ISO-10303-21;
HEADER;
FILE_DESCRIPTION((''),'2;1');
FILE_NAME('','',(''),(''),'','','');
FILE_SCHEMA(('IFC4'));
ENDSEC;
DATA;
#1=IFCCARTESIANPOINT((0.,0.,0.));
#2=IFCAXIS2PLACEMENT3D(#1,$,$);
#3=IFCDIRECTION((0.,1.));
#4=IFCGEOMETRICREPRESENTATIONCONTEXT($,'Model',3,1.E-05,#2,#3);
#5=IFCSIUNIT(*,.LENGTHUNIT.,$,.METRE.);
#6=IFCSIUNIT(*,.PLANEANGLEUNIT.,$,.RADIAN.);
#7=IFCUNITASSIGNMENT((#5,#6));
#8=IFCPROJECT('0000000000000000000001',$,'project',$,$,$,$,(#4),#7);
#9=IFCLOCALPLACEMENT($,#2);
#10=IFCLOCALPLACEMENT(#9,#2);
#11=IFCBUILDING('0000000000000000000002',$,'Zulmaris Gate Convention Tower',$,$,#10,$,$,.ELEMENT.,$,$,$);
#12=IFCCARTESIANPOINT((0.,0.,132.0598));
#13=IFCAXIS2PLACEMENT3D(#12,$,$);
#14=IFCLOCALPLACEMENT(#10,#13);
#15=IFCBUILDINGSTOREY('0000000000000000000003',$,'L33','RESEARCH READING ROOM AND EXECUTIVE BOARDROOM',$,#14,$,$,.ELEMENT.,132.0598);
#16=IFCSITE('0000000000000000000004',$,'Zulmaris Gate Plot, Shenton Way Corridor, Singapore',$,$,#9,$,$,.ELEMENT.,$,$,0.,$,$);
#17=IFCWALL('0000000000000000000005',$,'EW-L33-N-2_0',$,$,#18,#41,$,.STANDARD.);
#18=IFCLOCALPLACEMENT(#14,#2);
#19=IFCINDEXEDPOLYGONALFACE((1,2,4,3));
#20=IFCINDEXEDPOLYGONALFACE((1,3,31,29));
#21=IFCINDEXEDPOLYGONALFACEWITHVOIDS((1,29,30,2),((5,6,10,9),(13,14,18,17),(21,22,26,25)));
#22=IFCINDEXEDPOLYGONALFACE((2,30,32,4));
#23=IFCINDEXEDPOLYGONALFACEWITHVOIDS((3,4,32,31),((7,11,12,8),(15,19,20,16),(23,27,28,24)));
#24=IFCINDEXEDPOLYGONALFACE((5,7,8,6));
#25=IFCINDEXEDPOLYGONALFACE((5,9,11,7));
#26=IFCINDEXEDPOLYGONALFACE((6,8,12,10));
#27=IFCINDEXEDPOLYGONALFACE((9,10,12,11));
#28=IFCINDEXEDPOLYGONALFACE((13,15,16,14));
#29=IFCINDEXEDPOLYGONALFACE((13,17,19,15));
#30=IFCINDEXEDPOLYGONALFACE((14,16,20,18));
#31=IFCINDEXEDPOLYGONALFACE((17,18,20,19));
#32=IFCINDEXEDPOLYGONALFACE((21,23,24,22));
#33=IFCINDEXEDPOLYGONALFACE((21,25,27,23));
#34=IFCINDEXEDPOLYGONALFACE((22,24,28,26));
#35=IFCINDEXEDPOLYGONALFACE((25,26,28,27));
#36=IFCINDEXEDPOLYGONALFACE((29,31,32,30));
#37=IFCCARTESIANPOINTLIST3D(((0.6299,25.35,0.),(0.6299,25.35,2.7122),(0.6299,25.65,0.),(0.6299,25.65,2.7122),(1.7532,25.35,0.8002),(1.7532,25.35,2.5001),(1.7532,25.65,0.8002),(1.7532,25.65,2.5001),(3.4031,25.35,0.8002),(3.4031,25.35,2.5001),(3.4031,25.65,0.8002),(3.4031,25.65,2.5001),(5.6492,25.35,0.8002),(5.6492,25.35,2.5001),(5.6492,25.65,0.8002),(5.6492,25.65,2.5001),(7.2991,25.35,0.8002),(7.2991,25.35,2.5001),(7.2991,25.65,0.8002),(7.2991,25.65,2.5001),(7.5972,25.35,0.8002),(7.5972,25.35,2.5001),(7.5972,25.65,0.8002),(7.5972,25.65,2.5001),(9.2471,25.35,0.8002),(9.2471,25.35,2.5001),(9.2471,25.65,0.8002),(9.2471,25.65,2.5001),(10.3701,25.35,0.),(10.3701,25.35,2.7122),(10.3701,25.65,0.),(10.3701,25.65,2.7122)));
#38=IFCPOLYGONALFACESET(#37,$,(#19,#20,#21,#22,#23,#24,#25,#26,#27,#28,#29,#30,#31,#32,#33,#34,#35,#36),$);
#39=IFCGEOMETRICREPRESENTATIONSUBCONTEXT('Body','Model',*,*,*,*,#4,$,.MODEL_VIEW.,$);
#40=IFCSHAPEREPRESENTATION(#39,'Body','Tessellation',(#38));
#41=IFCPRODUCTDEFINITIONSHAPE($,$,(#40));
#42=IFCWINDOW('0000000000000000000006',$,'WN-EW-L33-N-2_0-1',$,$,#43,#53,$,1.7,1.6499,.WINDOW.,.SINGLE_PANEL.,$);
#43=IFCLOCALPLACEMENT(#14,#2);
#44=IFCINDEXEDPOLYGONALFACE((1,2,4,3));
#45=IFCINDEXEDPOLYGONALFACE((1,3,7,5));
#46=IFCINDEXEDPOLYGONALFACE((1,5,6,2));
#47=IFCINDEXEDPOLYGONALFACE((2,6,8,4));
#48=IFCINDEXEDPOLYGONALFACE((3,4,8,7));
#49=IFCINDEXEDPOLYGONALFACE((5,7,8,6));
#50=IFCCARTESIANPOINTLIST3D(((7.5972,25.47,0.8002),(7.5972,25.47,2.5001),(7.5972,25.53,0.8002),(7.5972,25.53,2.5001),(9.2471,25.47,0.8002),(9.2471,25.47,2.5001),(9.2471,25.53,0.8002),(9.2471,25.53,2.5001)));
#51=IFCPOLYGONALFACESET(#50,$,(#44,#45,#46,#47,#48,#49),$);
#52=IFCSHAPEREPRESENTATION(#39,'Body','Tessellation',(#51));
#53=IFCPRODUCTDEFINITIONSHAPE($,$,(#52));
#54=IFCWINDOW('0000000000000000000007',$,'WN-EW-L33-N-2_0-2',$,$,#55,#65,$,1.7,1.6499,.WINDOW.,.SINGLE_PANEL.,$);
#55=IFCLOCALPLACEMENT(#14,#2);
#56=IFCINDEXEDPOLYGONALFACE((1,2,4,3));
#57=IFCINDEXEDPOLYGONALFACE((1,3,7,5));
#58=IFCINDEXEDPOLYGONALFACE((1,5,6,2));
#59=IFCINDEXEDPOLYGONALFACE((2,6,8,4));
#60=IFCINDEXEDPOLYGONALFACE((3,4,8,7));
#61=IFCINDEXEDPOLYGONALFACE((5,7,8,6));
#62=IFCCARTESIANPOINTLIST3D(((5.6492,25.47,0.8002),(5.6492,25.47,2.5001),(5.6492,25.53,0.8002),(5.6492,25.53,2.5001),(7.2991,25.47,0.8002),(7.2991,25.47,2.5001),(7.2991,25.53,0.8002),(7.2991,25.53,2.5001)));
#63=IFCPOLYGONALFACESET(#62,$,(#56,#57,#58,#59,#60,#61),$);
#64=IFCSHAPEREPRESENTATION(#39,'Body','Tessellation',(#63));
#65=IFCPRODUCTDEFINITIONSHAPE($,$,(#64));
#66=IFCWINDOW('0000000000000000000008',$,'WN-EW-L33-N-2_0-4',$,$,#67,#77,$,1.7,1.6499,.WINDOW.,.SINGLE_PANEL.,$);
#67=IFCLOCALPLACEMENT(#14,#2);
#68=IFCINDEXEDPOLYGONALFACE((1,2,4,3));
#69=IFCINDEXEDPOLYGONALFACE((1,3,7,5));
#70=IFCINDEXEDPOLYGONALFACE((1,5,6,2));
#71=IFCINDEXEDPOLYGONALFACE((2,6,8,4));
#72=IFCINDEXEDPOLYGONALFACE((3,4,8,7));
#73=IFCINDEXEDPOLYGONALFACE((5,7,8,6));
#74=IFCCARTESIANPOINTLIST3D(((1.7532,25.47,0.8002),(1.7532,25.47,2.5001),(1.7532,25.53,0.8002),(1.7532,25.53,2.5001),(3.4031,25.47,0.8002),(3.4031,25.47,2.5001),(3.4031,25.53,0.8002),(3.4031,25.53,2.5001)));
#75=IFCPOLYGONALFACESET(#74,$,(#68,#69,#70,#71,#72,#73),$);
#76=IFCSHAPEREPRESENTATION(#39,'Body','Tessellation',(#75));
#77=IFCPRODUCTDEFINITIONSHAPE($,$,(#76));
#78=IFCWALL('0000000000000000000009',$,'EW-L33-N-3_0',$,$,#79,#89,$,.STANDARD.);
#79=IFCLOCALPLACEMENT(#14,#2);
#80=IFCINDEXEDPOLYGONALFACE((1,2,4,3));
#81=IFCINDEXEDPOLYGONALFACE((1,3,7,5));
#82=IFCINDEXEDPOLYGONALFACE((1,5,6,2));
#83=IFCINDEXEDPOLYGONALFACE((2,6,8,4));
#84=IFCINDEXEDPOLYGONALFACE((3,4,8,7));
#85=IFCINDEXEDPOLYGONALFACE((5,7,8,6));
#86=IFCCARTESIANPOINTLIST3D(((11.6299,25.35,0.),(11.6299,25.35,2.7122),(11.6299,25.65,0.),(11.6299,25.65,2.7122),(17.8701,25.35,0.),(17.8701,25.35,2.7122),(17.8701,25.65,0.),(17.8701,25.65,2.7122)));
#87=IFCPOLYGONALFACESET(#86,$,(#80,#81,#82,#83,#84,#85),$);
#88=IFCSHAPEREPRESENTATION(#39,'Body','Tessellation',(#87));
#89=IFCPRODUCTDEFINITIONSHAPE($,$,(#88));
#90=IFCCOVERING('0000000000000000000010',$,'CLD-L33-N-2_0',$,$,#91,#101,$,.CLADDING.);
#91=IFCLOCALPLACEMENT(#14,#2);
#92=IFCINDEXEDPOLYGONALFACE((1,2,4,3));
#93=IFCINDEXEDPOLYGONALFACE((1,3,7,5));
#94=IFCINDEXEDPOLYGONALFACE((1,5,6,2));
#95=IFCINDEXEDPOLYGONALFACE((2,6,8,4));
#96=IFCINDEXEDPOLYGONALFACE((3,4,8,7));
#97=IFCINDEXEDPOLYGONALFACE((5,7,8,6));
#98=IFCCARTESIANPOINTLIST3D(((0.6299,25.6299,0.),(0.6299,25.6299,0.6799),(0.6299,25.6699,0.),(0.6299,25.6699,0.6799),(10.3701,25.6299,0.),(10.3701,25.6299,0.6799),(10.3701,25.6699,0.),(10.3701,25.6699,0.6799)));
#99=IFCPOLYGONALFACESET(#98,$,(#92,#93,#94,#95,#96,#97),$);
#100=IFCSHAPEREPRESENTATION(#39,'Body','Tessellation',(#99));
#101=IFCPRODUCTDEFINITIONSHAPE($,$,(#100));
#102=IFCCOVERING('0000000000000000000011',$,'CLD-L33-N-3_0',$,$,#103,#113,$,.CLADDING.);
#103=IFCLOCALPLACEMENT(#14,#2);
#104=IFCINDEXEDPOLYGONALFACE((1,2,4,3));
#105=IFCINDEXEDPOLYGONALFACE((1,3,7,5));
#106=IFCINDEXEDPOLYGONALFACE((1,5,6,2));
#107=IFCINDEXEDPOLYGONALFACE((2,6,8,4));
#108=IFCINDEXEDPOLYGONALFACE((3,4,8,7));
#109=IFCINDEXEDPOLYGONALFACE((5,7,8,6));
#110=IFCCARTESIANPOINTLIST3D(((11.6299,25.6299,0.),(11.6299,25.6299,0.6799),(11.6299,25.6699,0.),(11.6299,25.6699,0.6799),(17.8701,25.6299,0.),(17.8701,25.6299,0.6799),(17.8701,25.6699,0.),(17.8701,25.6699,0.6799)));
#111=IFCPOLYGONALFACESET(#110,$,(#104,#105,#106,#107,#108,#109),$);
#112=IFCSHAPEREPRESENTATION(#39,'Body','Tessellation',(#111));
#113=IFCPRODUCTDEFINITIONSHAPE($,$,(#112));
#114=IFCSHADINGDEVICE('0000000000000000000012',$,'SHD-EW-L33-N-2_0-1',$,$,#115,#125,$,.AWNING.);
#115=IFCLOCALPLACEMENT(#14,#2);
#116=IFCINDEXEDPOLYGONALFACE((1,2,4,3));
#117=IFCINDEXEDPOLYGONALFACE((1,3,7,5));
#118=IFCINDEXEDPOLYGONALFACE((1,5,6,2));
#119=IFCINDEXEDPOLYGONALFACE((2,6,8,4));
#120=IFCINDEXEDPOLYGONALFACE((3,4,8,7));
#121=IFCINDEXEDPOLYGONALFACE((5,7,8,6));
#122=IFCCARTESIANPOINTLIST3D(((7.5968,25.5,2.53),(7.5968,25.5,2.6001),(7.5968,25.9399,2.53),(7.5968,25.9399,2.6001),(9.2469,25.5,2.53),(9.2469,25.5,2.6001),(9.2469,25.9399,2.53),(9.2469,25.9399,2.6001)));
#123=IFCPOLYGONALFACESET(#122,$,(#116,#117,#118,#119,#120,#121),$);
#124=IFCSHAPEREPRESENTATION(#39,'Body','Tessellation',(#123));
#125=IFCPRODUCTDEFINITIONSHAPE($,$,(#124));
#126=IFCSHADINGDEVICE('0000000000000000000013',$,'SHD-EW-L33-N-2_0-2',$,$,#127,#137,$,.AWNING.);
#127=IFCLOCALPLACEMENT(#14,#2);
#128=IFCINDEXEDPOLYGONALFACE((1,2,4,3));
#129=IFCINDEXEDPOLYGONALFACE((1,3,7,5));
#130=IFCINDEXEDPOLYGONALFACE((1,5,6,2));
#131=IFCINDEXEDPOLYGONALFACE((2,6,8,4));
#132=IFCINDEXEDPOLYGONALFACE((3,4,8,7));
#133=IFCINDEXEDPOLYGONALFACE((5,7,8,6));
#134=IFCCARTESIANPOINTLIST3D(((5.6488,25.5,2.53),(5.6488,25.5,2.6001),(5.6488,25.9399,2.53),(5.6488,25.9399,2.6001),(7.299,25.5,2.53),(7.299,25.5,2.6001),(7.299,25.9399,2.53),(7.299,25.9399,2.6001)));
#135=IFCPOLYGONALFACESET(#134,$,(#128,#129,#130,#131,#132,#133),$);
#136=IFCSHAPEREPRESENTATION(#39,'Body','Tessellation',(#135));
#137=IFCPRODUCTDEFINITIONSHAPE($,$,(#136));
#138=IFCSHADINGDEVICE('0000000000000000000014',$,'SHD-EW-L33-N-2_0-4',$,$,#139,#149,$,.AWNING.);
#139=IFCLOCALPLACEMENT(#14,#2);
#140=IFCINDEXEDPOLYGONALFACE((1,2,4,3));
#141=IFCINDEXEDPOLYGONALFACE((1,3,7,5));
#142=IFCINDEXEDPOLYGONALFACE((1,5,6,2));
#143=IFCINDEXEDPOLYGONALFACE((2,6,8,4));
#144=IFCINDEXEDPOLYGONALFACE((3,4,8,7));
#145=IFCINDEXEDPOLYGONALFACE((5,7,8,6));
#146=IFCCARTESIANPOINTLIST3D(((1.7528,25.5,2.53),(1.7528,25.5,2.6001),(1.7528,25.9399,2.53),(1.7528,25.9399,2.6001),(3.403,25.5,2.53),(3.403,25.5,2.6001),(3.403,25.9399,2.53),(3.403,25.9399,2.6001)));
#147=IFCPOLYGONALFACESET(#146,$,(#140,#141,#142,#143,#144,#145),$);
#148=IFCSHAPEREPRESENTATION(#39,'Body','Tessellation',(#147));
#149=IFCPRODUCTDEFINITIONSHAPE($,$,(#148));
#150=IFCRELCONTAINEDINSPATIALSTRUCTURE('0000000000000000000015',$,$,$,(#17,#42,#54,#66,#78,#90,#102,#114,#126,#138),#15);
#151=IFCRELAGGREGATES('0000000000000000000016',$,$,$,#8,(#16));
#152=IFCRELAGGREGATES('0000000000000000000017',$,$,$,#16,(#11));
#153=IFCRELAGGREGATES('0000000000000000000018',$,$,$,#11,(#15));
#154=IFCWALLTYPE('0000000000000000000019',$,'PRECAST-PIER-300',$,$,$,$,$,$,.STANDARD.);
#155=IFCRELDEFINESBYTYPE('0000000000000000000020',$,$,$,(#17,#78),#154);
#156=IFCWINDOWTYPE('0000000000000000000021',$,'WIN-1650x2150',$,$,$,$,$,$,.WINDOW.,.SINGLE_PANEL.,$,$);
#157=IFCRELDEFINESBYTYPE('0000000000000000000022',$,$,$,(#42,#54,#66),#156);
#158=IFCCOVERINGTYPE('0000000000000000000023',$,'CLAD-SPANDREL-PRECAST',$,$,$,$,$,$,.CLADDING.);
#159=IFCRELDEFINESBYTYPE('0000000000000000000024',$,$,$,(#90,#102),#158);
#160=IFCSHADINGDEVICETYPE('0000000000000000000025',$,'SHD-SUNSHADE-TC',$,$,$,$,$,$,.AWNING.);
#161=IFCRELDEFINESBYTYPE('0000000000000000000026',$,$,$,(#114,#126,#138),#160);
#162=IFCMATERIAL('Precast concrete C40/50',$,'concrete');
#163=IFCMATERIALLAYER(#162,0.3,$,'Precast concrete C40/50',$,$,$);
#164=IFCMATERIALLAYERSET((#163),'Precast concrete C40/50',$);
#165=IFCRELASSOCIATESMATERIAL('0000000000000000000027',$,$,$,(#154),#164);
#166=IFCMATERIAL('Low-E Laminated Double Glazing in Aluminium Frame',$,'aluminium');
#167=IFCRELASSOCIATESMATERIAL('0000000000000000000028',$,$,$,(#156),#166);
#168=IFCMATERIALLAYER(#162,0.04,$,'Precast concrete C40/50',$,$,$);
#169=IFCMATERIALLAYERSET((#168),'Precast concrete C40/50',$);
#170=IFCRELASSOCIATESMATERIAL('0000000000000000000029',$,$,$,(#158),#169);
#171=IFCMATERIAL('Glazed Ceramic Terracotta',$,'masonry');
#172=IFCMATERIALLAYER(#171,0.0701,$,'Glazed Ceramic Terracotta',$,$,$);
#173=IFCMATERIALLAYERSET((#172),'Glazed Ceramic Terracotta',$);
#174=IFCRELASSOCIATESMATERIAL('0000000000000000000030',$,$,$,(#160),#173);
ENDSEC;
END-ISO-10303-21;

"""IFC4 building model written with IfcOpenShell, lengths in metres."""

from ifc_helpers import new_model, si_unit, direction, frame, frame_2d, origin, place, context, subcontext, project, spatial, rectangle, extrude, material, layer, layer_set, type_object, element, fill, save


model = new_model("IFC4")

# Units and contexts
model_context = context("Model", 3, precision=1e-05, world=origin(), true_north=direction((0.0, 1.0)))
body_context = subcontext(model_context, "Body", "Model", "MODEL_VIEW")
ifc_project = project(units=[si_unit("LENGTHUNIT", "METRE"), si_unit("PLANEANGLEUNIT", "RADIAN")], contexts=[model_context])

# Site, building, storey
site_placement = place(None, origin())
site = spatial("IfcSite", under=ifc_project, at=site_placement, Name="Zulmaris Gate Plot, Shenton Way Corridor, Singapore", CompositionType="ELEMENT", RefElevation=0.0)
building_placement = place(site_placement, origin())
building = spatial("IfcBuilding", under=site, at=building_placement, Name="Zulmaris Gate Convention Tower", CompositionType="ELEMENT")
storey_placement = place(building_placement, frame((0.0, 0.0, 132.0598)))
storey = spatial("IfcBuildingStorey", under=building, at=storey_placement, Name="L33", Description="RESEARCH READING ROOM AND EXECUTIVE BOARDROOM", CompositionType="ELEMENT", Elevation=132.0598)

# Wall, openings, windows
ifc_material_1 = material(Name="Precast concrete C40/50", Category="concrete")
ifc_layer_1 = layer(ifc_material_1, 0.3, Name="Precast concrete C40/50")
ifc_layer_set_1 = layer_set([ifc_layer_1], Name="Precast concrete C40/50")
wall_type_1 = type_object("IfcWallType", Name="PRECAST-PIER-300", PredefinedType="STANDARD", material=ifc_layer_set_1)
wall_1_placement = place(storey_placement, frame((10.3701, 25.5, 0.0), z_axis=(0.0, 0.0, 1.0), x_axis=(-1.0, 0.0, 0.0)))
wall_1 = element("IfcWall", 1, at=wall_1_placement, inside=storey, type_object=wall_type_1, Name="EW-L33-N-2_0", PredefinedType="STANDARD", context=body_context, shape_type="SweptSolid", body=[
    extrude(rectangle(XDim=9.7402, YDim=0.3, at=frame_2d((4.8701, 0.0))), origin(), (0.0, 0.0, 1.0), 2.7122),
])
opening_1_placement = place(wall_1_placement, frame((1.123, 0.0, 0.8)))
opening_1 = element("IfcOpeningElement", 2, at=opening_1_placement, cuts=wall_1, PredefinedType="OPENING", context=body_context, shape_type="SweptSolid", body=[
    extrude(rectangle(XDim=1.6499, YDim=1.7, at=frame_2d((0.825, 0.8501))), frame((0.0, 0.1602, 0.0), z_axis=(0.0, -1.0, 0.0), x_axis=(1.0, 0.0, 0.0)), (0.0, 0.0, 1.0), 0.3201),
])
opening_2_placement = place(wall_1_placement, frame((3.071, 0.0, 0.8)))
opening_2 = element("IfcOpeningElement", 3, at=opening_2_placement, cuts=wall_1, PredefinedType="OPENING", context=body_context, shape_type="SweptSolid", body=[
    extrude(rectangle(XDim=1.6499, YDim=1.7, at=frame_2d((0.825, 0.8501))), frame((0.0, 0.1602, 0.0), z_axis=(0.0, -1.0, 0.0), x_axis=(1.0, 0.0, 0.0)), (0.0, 0.0, 1.0), 0.3201),
])
opening_3_placement = place(wall_1_placement, frame((6.967, 0.0, 0.8)))
opening_3 = element("IfcOpeningElement", 4, at=opening_3_placement, cuts=wall_1, PredefinedType="OPENING", context=body_context, shape_type="SweptSolid", body=[
    extrude(rectangle(XDim=1.6499, YDim=1.7, at=frame_2d((0.825, 0.8501))), frame((0.0, 0.1602, 0.0), z_axis=(0.0, -1.0, 0.0), x_axis=(1.0, 0.0, 0.0)), (0.0, 0.0, 1.0), 0.3201),
])
ifc_material_2 = material(Name="Low-E Laminated Double Glazing in Aluminium Frame", Category="aluminium")
window_type = type_object("IfcWindowType", Name="WIN-1650x2150", PartitioningType="SINGLE_PANEL", PredefinedType="WINDOW", material=ifc_material_2)
window_1_placement = place(opening_1_placement, origin())
window_1 = element("IfcWindow", 5, at=window_1_placement, inside=storey, type_object=window_type, Name="WN-EW-L33-N-2_0-1", OverallHeight=1.7, OverallWidth=1.6499, PartitioningType="SINGLE_PANEL", PredefinedType="WINDOW", context=body_context, shape_type="SweptSolid", body=[
    extrude(rectangle(XDim=1.6499, YDim=1.7, at=frame_2d((0.825, 0.8501))), frame((0.0, 0.03, 0.0), z_axis=(0.0, -1.0, 0.0), x_axis=(1.0, 0.0, 0.0)), (0.0, 0.0, 1.0), 0.0601),
])
fill(opening_1, window_1)
window_2_placement = place(opening_2_placement, origin())
window_2 = element("IfcWindow", 6, at=window_2_placement, inside=storey, type_object=window_type, Name="WN-EW-L33-N-2_0-2", OverallHeight=1.7, OverallWidth=1.6499, PartitioningType="SINGLE_PANEL", PredefinedType="WINDOW", context=body_context, shape_type="SweptSolid", body=[
    extrude(rectangle(XDim=1.6499, YDim=1.7, at=frame_2d((0.825, 0.8501))), frame((0.0, 0.03, 0.0), z_axis=(0.0, -1.0, 0.0), x_axis=(1.0, 0.0, 0.0)), (0.0, 0.0, 1.0), 0.0601),
])
fill(opening_2, window_2)
window_3_placement = place(opening_3_placement, origin())
window_3 = element("IfcWindow", 7, at=window_3_placement, inside=storey, type_object=window_type, Name="WN-EW-L33-N-2_0-4", OverallHeight=1.7, OverallWidth=1.6499, PartitioningType="SINGLE_PANEL", PredefinedType="WINDOW", context=body_context, shape_type="SweptSolid", body=[
    extrude(rectangle(XDim=1.6499, YDim=1.7, at=frame_2d((0.825, 0.8501))), frame((0.0, 0.03, 0.0), z_axis=(0.0, -1.0, 0.0), x_axis=(1.0, 0.0, 0.0)), (0.0, 0.0, 1.0), 0.0601),
])
fill(opening_3, window_3)

# Wall
wall_2_placement = place(storey_placement, frame((17.8701, 25.5, 0.0), z_axis=(0.0, 0.0, 1.0), x_axis=(-1.0, 0.0, 0.0)))
element("IfcWall", 8, at=wall_2_placement, inside=storey, type_object=wall_type_1, Name="EW-L33-N-3_0", PredefinedType="STANDARD", context=body_context, shape_type="SweptSolid", body=[
    extrude(rectangle(XDim=6.2402, YDim=0.3, at=frame_2d((3.1201, 0.0))), origin(), (0.0, 0.0, 1.0), 2.7122),
])

# Coverings
ifc_layer_2 = layer(ifc_material_1, 0.04, Name="Precast concrete C40/50")
ifc_layer_set_2 = layer_set([ifc_layer_2], Name="Precast concrete C40/50")
covering_type = type_object("IfcCoveringType", Name="CLAD-SPANDREL-PRECAST", PredefinedType="CLADDING", material=ifc_layer_set_2)
covering_1_placement = place(storey_placement, frame((10.3701, 25.6499, 0.0), z_axis=(0.0, 0.0, 1.0), x_axis=(-1.0, 0.0, 0.0)))
element("IfcCovering", 9, at=covering_1_placement, inside=storey, type_object=covering_type, Name="CLD-L33-N-2_0", PredefinedType="CLADDING", context=body_context, shape_type="SweptSolid", body=[
    extrude(rectangle(XDim=9.7402, YDim=0.04, at=frame_2d((4.8701, 0.0))), origin(), (0.0, 0.0, 1.0), 0.6799),
])
covering_2_placement = place(storey_placement, frame((17.8701, 25.6499, 0.0), z_axis=(0.0, 0.0, 1.0), x_axis=(-1.0, 0.0, 0.0)))
element("IfcCovering", 10, at=covering_2_placement, inside=storey, type_object=covering_type, Name="CLD-L33-N-3_0", PredefinedType="CLADDING", context=body_context, shape_type="SweptSolid", body=[
    extrude(rectangle(XDim=6.2402, YDim=0.04, at=frame_2d((3.1201, 0.0))), origin(), (0.0, 0.0, 1.0), 0.6799),
])

# Shading devices
ifc_material_3 = material(Name="Glazed Ceramic Terracotta", Category="masonry")
ifc_layer_3 = layer(ifc_material_3, 0.0701, Name="Glazed Ceramic Terracotta")
ifc_layer_set_3 = layer_set([ifc_layer_3], Name="Glazed Ceramic Terracotta")
shading_device_type = type_object("IfcShadingDeviceType", Name="SHD-SUNSHADE-TC", PredefinedType="AWNING", material=ifc_layer_set_3)
for number, where, z_axis, x_axis, name in (
    (11, (9.2471, 25.72, 2.53), (0.0, 0.0, 1.0), (-1.0, 0.0, 0.0), "SHD-EW-L33-N-2_0-1"),
    (12, (7.2991, 25.72, 2.53), (0.0, 0.0, 1.0), (-1.0, 0.0, 0.0), "SHD-EW-L33-N-2_0-2"),
    (13, (3.4031, 25.72, 2.53), (0.0, 0.0, 1.0), (-1.0, 0.0, 0.0), "SHD-EW-L33-N-2_0-4"),
):
    element("IfcShadingDevice", number, at=place(storey_placement, frame(where, z_axis=z_axis, x_axis=x_axis)), inside=storey, type_object=shading_device_type, Name=name, PredefinedType="AWNING", context=body_context, shape_type="SweptSolid", body=[
        extrude(rectangle(XDim=1.6501, YDim=0.4399, at=frame_2d((0.8252, 0.0))), origin(), (0.0, 0.0, 1.0), 0.0701),
    ])

save(model, "model.ifc")
